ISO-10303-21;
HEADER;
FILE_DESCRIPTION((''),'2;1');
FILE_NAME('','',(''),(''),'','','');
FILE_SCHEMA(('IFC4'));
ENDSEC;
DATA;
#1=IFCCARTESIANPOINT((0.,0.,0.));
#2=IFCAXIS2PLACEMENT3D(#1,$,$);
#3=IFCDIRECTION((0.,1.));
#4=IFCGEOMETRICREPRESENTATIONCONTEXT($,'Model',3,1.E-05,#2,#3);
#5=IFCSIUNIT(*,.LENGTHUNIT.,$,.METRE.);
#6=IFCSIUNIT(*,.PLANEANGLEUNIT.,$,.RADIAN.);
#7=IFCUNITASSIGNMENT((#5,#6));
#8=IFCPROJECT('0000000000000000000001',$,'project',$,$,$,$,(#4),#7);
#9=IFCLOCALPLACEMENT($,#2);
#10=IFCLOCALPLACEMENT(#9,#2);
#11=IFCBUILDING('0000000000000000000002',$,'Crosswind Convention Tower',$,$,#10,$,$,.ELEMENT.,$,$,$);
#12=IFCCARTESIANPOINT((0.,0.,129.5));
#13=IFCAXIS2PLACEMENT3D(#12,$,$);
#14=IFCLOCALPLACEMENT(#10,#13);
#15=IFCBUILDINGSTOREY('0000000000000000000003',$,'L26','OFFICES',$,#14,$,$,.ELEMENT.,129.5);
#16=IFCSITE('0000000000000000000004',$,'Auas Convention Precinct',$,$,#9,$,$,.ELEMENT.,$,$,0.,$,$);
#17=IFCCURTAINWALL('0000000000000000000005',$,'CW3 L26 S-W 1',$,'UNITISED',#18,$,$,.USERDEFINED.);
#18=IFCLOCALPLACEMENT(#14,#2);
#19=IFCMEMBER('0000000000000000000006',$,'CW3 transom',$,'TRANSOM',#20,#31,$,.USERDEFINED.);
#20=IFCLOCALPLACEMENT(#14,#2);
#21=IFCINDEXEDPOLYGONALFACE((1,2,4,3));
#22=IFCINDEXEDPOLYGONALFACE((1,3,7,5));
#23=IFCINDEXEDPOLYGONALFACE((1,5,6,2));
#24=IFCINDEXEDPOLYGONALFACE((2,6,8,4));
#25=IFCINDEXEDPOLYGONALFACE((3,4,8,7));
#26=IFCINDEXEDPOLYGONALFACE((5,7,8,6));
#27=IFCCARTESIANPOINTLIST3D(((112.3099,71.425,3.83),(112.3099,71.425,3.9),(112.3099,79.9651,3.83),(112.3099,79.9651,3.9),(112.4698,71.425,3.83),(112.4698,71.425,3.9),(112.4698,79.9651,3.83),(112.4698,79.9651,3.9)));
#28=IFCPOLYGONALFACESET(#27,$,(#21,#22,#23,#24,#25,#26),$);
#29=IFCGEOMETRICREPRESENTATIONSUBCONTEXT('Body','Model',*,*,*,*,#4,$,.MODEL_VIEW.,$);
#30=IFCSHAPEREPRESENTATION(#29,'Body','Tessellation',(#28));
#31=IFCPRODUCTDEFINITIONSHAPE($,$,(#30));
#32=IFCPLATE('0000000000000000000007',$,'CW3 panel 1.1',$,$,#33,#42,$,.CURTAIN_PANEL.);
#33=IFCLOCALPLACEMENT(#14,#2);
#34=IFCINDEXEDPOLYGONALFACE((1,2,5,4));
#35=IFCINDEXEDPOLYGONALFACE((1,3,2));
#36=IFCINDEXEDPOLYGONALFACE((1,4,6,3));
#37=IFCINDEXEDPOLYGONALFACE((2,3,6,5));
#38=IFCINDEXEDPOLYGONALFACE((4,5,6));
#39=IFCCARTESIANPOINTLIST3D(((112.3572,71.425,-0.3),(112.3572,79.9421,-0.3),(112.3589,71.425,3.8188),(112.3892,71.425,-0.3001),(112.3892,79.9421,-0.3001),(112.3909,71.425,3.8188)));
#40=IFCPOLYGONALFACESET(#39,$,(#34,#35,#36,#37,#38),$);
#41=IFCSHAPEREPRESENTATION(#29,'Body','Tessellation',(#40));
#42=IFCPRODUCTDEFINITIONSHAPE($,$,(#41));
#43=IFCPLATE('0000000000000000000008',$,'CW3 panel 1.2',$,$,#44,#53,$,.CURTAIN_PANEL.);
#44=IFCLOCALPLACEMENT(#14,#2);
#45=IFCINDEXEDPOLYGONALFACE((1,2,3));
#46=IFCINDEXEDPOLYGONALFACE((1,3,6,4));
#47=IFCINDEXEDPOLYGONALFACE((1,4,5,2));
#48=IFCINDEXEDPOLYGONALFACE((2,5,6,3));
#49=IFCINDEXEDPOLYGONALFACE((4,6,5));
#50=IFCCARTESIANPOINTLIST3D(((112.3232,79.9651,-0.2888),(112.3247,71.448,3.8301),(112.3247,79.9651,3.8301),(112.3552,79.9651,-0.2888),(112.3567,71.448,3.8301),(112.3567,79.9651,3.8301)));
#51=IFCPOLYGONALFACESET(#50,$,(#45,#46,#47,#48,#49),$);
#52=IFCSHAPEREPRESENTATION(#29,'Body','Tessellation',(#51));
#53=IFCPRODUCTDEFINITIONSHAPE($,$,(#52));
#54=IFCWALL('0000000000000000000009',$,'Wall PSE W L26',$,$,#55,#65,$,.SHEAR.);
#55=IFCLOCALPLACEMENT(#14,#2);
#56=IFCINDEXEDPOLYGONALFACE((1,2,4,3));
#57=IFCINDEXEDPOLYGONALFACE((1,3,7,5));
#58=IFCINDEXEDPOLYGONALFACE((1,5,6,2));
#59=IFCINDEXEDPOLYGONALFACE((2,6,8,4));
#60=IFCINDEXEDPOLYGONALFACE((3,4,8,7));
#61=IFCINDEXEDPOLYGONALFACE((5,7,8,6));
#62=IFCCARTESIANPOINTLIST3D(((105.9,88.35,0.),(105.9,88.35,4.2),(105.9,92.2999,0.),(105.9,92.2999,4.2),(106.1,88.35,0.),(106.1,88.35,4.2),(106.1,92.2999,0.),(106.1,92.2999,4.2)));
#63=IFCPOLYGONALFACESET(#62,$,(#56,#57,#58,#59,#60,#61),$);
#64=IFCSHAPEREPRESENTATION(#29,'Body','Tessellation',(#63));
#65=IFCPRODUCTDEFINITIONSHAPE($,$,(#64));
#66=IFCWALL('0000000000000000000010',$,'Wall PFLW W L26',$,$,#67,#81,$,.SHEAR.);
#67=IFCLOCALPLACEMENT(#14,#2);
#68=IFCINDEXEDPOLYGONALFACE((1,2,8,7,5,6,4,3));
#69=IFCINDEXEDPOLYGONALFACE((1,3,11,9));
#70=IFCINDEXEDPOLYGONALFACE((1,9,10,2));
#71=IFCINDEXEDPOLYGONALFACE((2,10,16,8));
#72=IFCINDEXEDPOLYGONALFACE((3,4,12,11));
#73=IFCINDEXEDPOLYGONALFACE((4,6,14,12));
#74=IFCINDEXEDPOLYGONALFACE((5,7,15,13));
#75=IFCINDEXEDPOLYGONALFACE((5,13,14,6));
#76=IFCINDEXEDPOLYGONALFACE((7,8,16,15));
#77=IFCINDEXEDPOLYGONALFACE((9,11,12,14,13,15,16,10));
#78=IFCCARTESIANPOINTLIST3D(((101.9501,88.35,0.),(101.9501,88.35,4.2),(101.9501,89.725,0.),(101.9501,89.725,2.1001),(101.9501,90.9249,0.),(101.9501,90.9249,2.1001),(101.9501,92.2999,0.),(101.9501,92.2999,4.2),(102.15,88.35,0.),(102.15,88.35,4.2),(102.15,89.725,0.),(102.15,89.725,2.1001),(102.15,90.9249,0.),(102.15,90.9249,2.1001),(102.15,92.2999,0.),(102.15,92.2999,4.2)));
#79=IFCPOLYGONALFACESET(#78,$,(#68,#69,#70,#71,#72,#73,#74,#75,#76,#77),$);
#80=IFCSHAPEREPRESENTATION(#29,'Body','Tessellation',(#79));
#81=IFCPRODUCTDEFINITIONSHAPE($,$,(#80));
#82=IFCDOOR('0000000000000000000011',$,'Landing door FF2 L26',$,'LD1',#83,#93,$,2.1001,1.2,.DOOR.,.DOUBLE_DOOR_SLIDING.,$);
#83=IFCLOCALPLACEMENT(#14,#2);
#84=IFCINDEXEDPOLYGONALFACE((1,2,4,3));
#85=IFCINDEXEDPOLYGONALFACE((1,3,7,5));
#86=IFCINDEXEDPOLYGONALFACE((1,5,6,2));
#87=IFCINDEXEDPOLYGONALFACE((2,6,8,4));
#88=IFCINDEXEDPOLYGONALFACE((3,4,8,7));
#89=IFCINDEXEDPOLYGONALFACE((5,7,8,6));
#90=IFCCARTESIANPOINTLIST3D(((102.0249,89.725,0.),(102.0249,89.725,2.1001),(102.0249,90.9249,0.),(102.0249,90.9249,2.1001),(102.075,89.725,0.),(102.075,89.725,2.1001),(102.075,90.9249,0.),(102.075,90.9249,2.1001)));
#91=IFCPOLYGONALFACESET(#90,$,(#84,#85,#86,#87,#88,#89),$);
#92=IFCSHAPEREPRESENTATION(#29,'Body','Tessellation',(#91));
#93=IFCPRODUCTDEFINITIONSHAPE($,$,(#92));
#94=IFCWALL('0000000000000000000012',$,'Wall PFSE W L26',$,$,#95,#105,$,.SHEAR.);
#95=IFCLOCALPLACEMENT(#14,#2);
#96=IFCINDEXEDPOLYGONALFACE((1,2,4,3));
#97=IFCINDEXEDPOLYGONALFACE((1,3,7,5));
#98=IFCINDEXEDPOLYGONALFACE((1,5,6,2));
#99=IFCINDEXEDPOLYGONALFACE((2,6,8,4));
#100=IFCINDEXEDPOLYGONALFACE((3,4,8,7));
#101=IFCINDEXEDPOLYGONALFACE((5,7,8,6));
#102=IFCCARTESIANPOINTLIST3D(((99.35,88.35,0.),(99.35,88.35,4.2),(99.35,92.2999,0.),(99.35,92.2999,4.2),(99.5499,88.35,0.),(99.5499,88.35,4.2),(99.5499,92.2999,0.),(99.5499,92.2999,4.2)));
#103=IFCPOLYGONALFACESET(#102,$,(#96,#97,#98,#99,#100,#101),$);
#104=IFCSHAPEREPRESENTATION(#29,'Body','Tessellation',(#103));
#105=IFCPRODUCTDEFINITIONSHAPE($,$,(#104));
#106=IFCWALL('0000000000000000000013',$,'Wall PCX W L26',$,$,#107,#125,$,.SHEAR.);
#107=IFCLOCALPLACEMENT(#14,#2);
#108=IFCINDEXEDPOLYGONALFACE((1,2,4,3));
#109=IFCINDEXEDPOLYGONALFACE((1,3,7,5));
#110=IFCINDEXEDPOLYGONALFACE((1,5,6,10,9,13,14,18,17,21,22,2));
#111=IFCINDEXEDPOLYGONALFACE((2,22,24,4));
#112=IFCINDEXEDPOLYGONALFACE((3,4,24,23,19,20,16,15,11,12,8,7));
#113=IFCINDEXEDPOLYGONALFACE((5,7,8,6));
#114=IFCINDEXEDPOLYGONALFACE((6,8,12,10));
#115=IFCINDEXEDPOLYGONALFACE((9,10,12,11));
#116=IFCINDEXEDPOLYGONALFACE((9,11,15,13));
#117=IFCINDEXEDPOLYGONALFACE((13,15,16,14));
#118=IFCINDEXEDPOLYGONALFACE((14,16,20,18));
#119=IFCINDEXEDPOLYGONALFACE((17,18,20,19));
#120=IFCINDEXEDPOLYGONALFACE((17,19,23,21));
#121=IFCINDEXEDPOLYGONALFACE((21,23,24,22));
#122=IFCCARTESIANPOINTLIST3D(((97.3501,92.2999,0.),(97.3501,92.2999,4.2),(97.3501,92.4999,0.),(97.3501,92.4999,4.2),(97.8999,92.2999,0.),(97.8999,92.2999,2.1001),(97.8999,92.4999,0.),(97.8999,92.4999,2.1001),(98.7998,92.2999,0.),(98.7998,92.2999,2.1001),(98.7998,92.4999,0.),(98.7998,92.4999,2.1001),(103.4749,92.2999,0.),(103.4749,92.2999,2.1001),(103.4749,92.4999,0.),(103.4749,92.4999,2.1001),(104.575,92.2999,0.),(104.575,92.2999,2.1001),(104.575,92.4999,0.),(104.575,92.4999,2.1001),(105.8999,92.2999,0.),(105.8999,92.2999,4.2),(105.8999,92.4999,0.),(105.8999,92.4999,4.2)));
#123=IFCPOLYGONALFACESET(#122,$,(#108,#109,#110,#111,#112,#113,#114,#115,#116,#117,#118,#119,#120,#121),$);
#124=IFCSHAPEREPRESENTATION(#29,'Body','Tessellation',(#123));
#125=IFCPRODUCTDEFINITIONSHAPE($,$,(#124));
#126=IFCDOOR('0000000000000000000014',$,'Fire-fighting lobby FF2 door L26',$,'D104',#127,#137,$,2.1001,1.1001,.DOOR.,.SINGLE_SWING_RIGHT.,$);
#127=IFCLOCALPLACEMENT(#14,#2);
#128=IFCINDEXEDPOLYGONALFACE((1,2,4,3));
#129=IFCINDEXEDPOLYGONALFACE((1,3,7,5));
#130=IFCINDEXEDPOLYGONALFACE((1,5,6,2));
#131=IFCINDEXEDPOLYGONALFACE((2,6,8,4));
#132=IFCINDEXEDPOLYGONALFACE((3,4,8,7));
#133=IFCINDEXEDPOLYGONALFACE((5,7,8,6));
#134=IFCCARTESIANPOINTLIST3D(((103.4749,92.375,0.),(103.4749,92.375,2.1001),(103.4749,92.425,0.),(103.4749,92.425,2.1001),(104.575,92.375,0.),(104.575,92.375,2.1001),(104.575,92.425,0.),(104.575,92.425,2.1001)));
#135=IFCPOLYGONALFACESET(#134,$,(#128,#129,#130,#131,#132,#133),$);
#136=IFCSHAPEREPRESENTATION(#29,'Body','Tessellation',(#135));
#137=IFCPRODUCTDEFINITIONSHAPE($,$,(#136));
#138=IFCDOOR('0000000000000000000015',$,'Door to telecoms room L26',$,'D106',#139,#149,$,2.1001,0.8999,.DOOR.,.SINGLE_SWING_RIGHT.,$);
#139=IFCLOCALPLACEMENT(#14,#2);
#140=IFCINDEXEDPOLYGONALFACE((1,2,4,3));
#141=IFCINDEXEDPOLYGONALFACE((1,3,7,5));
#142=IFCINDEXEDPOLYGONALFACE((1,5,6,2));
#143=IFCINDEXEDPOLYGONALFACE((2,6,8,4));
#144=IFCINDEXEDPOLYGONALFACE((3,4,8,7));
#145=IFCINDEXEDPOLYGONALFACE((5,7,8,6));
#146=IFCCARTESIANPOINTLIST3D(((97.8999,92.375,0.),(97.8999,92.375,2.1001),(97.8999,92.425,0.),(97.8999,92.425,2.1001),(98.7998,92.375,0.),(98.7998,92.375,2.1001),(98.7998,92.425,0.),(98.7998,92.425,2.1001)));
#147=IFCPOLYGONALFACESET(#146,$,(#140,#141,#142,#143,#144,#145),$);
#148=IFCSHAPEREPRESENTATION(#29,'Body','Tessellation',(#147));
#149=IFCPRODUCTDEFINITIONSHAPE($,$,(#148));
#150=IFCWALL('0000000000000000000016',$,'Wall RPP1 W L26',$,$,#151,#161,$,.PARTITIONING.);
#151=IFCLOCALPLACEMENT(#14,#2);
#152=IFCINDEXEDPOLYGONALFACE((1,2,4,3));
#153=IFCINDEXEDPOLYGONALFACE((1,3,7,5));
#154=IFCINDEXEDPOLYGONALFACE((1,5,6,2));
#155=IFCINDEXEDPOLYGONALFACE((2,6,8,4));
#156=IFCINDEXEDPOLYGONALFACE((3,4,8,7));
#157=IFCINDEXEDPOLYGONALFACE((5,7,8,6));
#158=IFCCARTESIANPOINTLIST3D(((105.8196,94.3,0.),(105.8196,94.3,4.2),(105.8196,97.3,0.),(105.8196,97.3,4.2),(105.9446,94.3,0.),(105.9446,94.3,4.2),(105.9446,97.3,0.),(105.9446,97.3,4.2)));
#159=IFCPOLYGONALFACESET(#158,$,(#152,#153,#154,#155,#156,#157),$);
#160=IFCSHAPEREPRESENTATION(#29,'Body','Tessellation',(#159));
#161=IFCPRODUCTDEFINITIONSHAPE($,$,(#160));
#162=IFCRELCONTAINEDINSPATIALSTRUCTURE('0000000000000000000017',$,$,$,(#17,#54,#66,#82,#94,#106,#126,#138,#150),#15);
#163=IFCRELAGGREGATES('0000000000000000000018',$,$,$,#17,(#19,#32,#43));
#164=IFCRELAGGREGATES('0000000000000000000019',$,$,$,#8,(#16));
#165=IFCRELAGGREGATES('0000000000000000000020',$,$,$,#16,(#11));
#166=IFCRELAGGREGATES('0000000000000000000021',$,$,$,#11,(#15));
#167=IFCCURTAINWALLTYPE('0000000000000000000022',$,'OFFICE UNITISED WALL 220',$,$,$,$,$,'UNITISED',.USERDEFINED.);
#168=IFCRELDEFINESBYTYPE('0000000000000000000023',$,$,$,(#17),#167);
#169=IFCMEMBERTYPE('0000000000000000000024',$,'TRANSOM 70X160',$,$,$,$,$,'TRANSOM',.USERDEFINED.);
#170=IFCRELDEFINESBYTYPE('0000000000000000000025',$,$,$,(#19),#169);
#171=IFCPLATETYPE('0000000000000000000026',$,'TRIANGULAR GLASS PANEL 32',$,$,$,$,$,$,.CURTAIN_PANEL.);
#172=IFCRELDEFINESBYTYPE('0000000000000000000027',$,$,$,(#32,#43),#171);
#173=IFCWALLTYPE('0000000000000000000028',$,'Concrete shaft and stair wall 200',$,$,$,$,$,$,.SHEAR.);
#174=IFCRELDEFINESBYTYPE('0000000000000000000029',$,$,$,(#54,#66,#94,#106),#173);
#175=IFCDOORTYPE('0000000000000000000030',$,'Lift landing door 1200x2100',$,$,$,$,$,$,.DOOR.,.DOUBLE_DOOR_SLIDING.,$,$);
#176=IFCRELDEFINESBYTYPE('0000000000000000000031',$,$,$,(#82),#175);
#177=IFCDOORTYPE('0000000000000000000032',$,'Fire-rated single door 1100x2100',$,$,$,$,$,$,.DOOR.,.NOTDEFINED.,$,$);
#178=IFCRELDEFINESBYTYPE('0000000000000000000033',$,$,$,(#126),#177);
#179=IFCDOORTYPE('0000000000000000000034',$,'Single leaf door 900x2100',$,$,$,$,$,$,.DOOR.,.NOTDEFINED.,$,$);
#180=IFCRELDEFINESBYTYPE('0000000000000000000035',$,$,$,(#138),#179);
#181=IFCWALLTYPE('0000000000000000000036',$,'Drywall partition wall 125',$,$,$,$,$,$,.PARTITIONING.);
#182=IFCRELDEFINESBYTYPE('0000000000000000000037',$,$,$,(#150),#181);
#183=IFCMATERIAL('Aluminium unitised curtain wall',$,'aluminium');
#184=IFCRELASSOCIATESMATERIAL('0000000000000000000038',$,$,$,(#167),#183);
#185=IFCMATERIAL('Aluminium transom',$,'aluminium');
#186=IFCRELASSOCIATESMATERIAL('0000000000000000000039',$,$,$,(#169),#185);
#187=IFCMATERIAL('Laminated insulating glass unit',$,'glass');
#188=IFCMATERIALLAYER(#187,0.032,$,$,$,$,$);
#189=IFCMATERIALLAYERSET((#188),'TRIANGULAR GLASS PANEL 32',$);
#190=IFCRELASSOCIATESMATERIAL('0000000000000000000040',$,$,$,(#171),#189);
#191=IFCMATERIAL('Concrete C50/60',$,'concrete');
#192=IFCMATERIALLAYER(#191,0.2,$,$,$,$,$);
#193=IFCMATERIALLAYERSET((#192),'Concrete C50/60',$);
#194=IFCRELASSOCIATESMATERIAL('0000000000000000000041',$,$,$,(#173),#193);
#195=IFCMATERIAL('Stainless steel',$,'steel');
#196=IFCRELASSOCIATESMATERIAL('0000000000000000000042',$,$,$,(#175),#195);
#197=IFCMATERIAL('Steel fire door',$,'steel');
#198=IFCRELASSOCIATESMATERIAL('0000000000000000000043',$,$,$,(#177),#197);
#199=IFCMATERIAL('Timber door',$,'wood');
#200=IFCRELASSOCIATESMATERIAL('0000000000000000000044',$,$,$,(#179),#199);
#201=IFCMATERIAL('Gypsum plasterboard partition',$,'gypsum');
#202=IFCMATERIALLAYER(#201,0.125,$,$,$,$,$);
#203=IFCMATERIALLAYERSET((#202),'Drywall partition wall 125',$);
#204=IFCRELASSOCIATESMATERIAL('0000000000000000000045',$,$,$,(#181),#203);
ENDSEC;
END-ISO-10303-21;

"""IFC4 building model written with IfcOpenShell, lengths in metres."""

from ifc_helpers import new_model, si_unit, direction, frame, frame_2d, origin, origin_2d, place, context, subcontext, project, spatial, polyline, rectangle, outline, extrude, material, layer, layer_set, material_profile, profile_set, type_object, element, fill, aggregate, save


model = new_model("IFC4")

# Units and contexts
model_context = context("Model", 3, precision=1e-05, world=origin(), true_north=direction((0.0, 1.0)))
body_context = subcontext(model_context, "Body", "Model", "MODEL_VIEW")
ifc_project = project(units=[si_unit("LENGTHUNIT", "METRE"), si_unit("PLANEANGLEUNIT", "RADIAN")], contexts=[model_context])

# Site, building, storey
site_placement = place(None, origin())
site = spatial("IfcSite", under=ifc_project, at=site_placement, Name="Auas Convention Precinct", CompositionType="ELEMENT", RefElevation=0.0)
building_placement = place(site_placement, origin())
building = spatial("IfcBuilding", under=site, at=building_placement, Name="Crosswind Convention Tower", CompositionType="ELEMENT")
storey_placement = place(building_placement, frame((0.0, 0.0, 129.5)))
storey = spatial("IfcBuildingStorey", under=building, at=storey_placement, Name="L26", Description="OFFICES", CompositionType="ELEMENT", Elevation=129.5)

# Shared definitions
ifc_material_1 = material(Name="Aluminium unitised curtain wall", Category="aluminium")

# Curtain wall
curtain_wall_type_1 = type_object("IfcCurtainWallType", Name="OFFICE UNITISED WALL 220", ElementType="UNITISED", PredefinedType="USERDEFINED", material=ifc_material_1)
curtain_wall_1_placement = place(storey_placement, origin())
curtain_wall_1 = element("IfcCurtainWall", 1, at=curtain_wall_1_placement, inside=storey, type_object=curtain_wall_type_1, Name="CW3 L26 S-W 1", ObjectType="UNITISED", PredefinedType="USERDEFINED")

# Member
ifc_material_2 = material(Name="Aluminium transom", Category="aluminium")
ifc_material_profile_1 = material_profile(ifc_material_2, rectangle(XDim=0.1599, YDim=0.0701, at=origin_2d()), Name="AL 160X70")
ifc_profile_set_1 = profile_set([ifc_material_profile_1], Name="Aluminium transom")
member_type_1 = type_object("IfcMemberType", Name="TRANSOM 70X160", ElementType="TRANSOM", PredefinedType="USERDEFINED", material=ifc_profile_set_1)
member_1_placement = place(storey_placement, frame((112.3899, 79.9651, 3.865), z_axis=(0.0, -1.0, 0.0), x_axis=(1.0, 0.0, 0.0)))
member_1 = element("IfcMember", 2, at=member_1_placement, type_object=member_type_1, Name="CW3 transom", ObjectType="TRANSOM", PredefinedType="USERDEFINED", context=body_context, shape_type="SweptSolid", body=[
    extrude(rectangle(XDim=0.1599, YDim=0.0701, at=origin_2d()), origin(), (0.0, 0.0, 1.0), 8.54),
])

# Plates
ifc_material_3 = material(Name="Laminated insulating glass unit", Category="glass")
ifc_layer_1 = layer(ifc_material_3, 0.032)
ifc_layer_set_1 = layer_set([ifc_layer_1], Name="TRIANGULAR GLASS PANEL 32")
plate_type = type_object("IfcPlateType", Name="TRIANGULAR GLASS PANEL 32", PredefinedType="CURTAIN_PANEL", material=ifc_layer_set_1)
plate_1_placement = place(storey_placement, frame((112.3572, 71.425, -0.3), z_axis=(-1.0, 0.0, 0.000415), x_axis=(0.000415, 0.0, 1.0)))
plate_1 = element("IfcPlate", 3, at=plate_1_placement, type_object=plate_type, Name="CW3 panel 1.1", PredefinedType="CURTAIN_PANEL", context=body_context, shape_type="SweptSolid", body=[
    extrude(outline(polyline([(0.0, 0.0), (4.1189, 0.0), (0.0, 8.5171), (0.0, 0.0)])), origin(), (0.0, 0.0, -1.0), 0.032),
])
plate_2_placement = place(storey_placement, frame((112.3247, 79.9651, 3.8301), z_axis=(-1.0, 0.0, 0.000356), x_axis=(-0.000356, 0.0, -1.0)))
plate_2 = element("IfcPlate", 4, at=plate_2_placement, type_object=plate_type, Name="CW3 panel 1.2", PredefinedType="CURTAIN_PANEL", context=body_context, shape_type="SweptSolid", body=[
    extrude(outline(polyline([(0.0, 0.0), (4.1189, 0.0), (0.0, 8.5171), (0.0, 0.0)])), origin(), (0.0, 0.0, -1.0), 0.032),
])

# Wall
ifc_material_4 = material(Name="Concrete C50/60", Category="concrete")
ifc_layer_2 = layer(ifc_material_4, 0.2)
ifc_layer_set_2 = layer_set([ifc_layer_2], Name="Concrete C50/60")
wall_type_1 = type_object("IfcWallType", Name="Concrete shaft and stair wall 200", PredefinedType="SHEAR", material=ifc_layer_set_2)
wall_1_placement = place(storey_placement, frame((106.0, 92.3, 0.0), z_axis=(0.0, 0.0, 1.0), x_axis=(0.0, -1.0, 0.0)))
element("IfcWall", 5, at=wall_1_placement, inside=storey, type_object=wall_type_1, Name="Wall PSE W L26", PredefinedType="SHEAR", context=body_context, shape_type="SweptSolid", body=[
    extrude(rectangle(XDim=3.95, YDim=0.2, at=frame_2d((1.9751, 0.0))), origin(), (0.0, 0.0, 1.0), 4.2),
])

# Wall, opening, door
wall_2_placement = place(storey_placement, frame((102.05, 92.3, 0.0), z_axis=(0.0, 0.0, 1.0), x_axis=(0.0, -1.0, 0.0)))
wall_2 = element("IfcWall", 6, at=wall_2_placement, inside=storey, type_object=wall_type_1, Name="Wall PFLW W L26", PredefinedType="SHEAR", context=body_context, shape_type="SweptSolid", body=[
    extrude(rectangle(XDim=3.95, YDim=0.2, at=frame_2d((1.9751, 0.0))), origin(), (0.0, 0.0, 1.0), 4.2),
])
opening_1_placement = place(wall_2_placement, frame((1.375, 0.0, 0.0)))
opening_1 = element("IfcOpeningElement", 7, at=opening_1_placement, cuts=wall_2, PredefinedType="OPENING", context=body_context, shape_type="SweptSolid", body=[
    extrude(rectangle(XDim=1.2, YDim=2.1001, at=frame_2d((0.6001, 1.05))), frame((0.0, 0.1099, 0.0), z_axis=(0.0, -1.0, 0.0), x_axis=(1.0, 0.0, 0.0)), (0.0, 0.0, 1.0), 0.22),
])
ifc_material_5 = material(Name="Stainless steel", Category="steel")
door_type_1 = type_object("IfcDoorType", Name="Lift landing door 1200x2100", OperationType="DOUBLE_DOOR_SLIDING", PredefinedType="DOOR", material=ifc_material_5)
door_1_placement = place(opening_1_placement, origin())
door_1 = element("IfcDoor", 8, at=door_1_placement, inside=storey, type_object=door_type_1, Name="Landing door FF2 L26", ObjectType="LD1", OperationType="DOUBLE_DOOR_SLIDING", OverallHeight=2.1001, OverallWidth=1.2, PredefinedType="DOOR", context=body_context, shape_type="SweptSolid", body=[
    extrude(rectangle(XDim=1.2, YDim=2.1001, at=frame_2d((0.6001, 1.05))), frame((0.0, 0.0249, 0.0), z_axis=(0.0, -1.0, 0.0), x_axis=(1.0, 0.0, 0.0)), (0.0, 0.0, 1.0), 0.05),
])
fill(opening_1, door_1)

# Wall
wall_3_placement = place(storey_placement, frame((99.45, 92.3, 0.0), z_axis=(0.0, 0.0, 1.0), x_axis=(0.0, -1.0, 0.0)))
element("IfcWall", 9, at=wall_3_placement, inside=storey, type_object=wall_type_1, Name="Wall PFSE W L26", PredefinedType="SHEAR", context=body_context, shape_type="SweptSolid", body=[
    extrude(rectangle(XDim=3.95, YDim=0.2, at=frame_2d((1.9751, 0.0))), origin(), (0.0, 0.0, 1.0), 4.2),
])

# Wall, openings, doors
wall_4_placement = place(storey_placement, frame((105.8999, 92.3999, 0.0), z_axis=(0.0, 0.0, 1.0), x_axis=(-1.0, 0.0, 0.0)))
wall_4 = element("IfcWall", 10, at=wall_4_placement, inside=storey, type_object=wall_type_1, Name="Wall PCX W L26", PredefinedType="SHEAR", context=body_context, shape_type="SweptSolid", body=[
    extrude(rectangle(XDim=8.5498, YDim=0.2, at=frame_2d((4.2749, 0.0))), origin(), (0.0, 0.0, 1.0), 4.2),
])
opening_2_placement = place(wall_4_placement, frame((1.325, 0.0, 0.0)))
opening_2 = element("IfcOpeningElement", 11, at=opening_2_placement, cuts=wall_4, PredefinedType="OPENING", context=body_context, shape_type="SweptSolid", body=[
    extrude(rectangle(XDim=1.1001, YDim=2.1001, at=frame_2d((0.55, 1.05))), frame((0.0, 0.1099, 0.0), z_axis=(0.0, -1.0, 0.0), x_axis=(1.0, 0.0, 0.0)), (0.0, 0.0, 1.0), 0.22),
])
opening_3_placement = place(wall_4_placement, frame((7.1001, 0.0, 0.0)))
opening_3 = element("IfcOpeningElement", 12, at=opening_3_placement, cuts=wall_4, PredefinedType="OPENING", context=body_context, shape_type="SweptSolid", body=[
    extrude(rectangle(XDim=0.8999, YDim=2.1001, at=frame_2d((0.45, 1.05))), frame((0.0, 0.1099, 0.0), z_axis=(0.0, -1.0, 0.0), x_axis=(1.0, 0.0, 0.0)), (0.0, 0.0, 1.0), 0.22),
])
ifc_material_6 = material(Name="Steel fire door", Category="steel")
door_type_2 = type_object("IfcDoorType", Name="Fire-rated single door 1100x2100", OperationType="NOTDEFINED", PredefinedType="DOOR", material=ifc_material_6)
door_2_placement = place(opening_2_placement, origin())
door_2 = element("IfcDoor", 13, at=door_2_placement, inside=storey, type_object=door_type_2, Name="Fire-fighting lobby FF2 door L26", ObjectType="D104", OperationType="SINGLE_SWING_RIGHT", OverallHeight=2.1001, OverallWidth=1.1001, PredefinedType="DOOR", context=body_context, shape_type="SweptSolid", body=[
    extrude(rectangle(XDim=1.1001, YDim=2.1001, at=frame_2d((0.55, 1.05))), frame((0.0, 0.0249, 0.0), z_axis=(0.0, -1.0, 0.0), x_axis=(1.0, 0.0, 0.0)), (0.0, 0.0, 1.0), 0.05),
])
fill(opening_2, door_2)
ifc_material_7 = material(Name="Timber door", Category="wood")
door_type_3 = type_object("IfcDoorType", Name="Single leaf door 900x2100", OperationType="NOTDEFINED", PredefinedType="DOOR", material=ifc_material_7)
door_3_placement = place(opening_3_placement, origin())
door_3 = element("IfcDoor", 14, at=door_3_placement, inside=storey, type_object=door_type_3, Name="Door to telecoms room L26", ObjectType="D106", OperationType="SINGLE_SWING_RIGHT", OverallHeight=2.1001, OverallWidth=0.8999, PredefinedType="DOOR", context=body_context, shape_type="SweptSolid", body=[
    extrude(rectangle(XDim=0.8999, YDim=2.1001, at=frame_2d((0.45, 1.05))), frame((0.0, 0.0249, 0.0), z_axis=(0.0, -1.0, 0.0), x_axis=(1.0, 0.0, 0.0)), (0.0, 0.0, 1.0), 0.05),
])
fill(opening_3, door_3)

# Wall
ifc_material_8 = material(Name="Gypsum plasterboard partition", Category="gypsum")
ifc_layer_3 = layer(ifc_material_8, 0.125)
ifc_layer_set_3 = layer_set([ifc_layer_3], Name="Drywall partition wall 125")
wall_type_2 = type_object("IfcWallType", Name="Drywall partition wall 125", PredefinedType="PARTITIONING", material=ifc_layer_set_3)
wall_5_placement = place(storey_placement, frame((105.8821, 97.3, 0.0), z_axis=(0.0, 0.0, 1.0), x_axis=(0.0, -1.0, 0.0)))
element("IfcWall", 15, at=wall_5_placement, inside=storey, type_object=wall_type_2, Name="Wall RPP1 W L26", PredefinedType="PARTITIONING", context=body_context, shape_type="SweptSolid", body=[
    extrude(rectangle(XDim=3.0, YDim=0.125, at=frame_2d((1.5, 0.0))), origin(), (0.0, 0.0, 1.0), 4.2),
])

aggregate(curtain_wall_1, [member_1, plate_1, plate_2])

save(model, "model.ifc")
